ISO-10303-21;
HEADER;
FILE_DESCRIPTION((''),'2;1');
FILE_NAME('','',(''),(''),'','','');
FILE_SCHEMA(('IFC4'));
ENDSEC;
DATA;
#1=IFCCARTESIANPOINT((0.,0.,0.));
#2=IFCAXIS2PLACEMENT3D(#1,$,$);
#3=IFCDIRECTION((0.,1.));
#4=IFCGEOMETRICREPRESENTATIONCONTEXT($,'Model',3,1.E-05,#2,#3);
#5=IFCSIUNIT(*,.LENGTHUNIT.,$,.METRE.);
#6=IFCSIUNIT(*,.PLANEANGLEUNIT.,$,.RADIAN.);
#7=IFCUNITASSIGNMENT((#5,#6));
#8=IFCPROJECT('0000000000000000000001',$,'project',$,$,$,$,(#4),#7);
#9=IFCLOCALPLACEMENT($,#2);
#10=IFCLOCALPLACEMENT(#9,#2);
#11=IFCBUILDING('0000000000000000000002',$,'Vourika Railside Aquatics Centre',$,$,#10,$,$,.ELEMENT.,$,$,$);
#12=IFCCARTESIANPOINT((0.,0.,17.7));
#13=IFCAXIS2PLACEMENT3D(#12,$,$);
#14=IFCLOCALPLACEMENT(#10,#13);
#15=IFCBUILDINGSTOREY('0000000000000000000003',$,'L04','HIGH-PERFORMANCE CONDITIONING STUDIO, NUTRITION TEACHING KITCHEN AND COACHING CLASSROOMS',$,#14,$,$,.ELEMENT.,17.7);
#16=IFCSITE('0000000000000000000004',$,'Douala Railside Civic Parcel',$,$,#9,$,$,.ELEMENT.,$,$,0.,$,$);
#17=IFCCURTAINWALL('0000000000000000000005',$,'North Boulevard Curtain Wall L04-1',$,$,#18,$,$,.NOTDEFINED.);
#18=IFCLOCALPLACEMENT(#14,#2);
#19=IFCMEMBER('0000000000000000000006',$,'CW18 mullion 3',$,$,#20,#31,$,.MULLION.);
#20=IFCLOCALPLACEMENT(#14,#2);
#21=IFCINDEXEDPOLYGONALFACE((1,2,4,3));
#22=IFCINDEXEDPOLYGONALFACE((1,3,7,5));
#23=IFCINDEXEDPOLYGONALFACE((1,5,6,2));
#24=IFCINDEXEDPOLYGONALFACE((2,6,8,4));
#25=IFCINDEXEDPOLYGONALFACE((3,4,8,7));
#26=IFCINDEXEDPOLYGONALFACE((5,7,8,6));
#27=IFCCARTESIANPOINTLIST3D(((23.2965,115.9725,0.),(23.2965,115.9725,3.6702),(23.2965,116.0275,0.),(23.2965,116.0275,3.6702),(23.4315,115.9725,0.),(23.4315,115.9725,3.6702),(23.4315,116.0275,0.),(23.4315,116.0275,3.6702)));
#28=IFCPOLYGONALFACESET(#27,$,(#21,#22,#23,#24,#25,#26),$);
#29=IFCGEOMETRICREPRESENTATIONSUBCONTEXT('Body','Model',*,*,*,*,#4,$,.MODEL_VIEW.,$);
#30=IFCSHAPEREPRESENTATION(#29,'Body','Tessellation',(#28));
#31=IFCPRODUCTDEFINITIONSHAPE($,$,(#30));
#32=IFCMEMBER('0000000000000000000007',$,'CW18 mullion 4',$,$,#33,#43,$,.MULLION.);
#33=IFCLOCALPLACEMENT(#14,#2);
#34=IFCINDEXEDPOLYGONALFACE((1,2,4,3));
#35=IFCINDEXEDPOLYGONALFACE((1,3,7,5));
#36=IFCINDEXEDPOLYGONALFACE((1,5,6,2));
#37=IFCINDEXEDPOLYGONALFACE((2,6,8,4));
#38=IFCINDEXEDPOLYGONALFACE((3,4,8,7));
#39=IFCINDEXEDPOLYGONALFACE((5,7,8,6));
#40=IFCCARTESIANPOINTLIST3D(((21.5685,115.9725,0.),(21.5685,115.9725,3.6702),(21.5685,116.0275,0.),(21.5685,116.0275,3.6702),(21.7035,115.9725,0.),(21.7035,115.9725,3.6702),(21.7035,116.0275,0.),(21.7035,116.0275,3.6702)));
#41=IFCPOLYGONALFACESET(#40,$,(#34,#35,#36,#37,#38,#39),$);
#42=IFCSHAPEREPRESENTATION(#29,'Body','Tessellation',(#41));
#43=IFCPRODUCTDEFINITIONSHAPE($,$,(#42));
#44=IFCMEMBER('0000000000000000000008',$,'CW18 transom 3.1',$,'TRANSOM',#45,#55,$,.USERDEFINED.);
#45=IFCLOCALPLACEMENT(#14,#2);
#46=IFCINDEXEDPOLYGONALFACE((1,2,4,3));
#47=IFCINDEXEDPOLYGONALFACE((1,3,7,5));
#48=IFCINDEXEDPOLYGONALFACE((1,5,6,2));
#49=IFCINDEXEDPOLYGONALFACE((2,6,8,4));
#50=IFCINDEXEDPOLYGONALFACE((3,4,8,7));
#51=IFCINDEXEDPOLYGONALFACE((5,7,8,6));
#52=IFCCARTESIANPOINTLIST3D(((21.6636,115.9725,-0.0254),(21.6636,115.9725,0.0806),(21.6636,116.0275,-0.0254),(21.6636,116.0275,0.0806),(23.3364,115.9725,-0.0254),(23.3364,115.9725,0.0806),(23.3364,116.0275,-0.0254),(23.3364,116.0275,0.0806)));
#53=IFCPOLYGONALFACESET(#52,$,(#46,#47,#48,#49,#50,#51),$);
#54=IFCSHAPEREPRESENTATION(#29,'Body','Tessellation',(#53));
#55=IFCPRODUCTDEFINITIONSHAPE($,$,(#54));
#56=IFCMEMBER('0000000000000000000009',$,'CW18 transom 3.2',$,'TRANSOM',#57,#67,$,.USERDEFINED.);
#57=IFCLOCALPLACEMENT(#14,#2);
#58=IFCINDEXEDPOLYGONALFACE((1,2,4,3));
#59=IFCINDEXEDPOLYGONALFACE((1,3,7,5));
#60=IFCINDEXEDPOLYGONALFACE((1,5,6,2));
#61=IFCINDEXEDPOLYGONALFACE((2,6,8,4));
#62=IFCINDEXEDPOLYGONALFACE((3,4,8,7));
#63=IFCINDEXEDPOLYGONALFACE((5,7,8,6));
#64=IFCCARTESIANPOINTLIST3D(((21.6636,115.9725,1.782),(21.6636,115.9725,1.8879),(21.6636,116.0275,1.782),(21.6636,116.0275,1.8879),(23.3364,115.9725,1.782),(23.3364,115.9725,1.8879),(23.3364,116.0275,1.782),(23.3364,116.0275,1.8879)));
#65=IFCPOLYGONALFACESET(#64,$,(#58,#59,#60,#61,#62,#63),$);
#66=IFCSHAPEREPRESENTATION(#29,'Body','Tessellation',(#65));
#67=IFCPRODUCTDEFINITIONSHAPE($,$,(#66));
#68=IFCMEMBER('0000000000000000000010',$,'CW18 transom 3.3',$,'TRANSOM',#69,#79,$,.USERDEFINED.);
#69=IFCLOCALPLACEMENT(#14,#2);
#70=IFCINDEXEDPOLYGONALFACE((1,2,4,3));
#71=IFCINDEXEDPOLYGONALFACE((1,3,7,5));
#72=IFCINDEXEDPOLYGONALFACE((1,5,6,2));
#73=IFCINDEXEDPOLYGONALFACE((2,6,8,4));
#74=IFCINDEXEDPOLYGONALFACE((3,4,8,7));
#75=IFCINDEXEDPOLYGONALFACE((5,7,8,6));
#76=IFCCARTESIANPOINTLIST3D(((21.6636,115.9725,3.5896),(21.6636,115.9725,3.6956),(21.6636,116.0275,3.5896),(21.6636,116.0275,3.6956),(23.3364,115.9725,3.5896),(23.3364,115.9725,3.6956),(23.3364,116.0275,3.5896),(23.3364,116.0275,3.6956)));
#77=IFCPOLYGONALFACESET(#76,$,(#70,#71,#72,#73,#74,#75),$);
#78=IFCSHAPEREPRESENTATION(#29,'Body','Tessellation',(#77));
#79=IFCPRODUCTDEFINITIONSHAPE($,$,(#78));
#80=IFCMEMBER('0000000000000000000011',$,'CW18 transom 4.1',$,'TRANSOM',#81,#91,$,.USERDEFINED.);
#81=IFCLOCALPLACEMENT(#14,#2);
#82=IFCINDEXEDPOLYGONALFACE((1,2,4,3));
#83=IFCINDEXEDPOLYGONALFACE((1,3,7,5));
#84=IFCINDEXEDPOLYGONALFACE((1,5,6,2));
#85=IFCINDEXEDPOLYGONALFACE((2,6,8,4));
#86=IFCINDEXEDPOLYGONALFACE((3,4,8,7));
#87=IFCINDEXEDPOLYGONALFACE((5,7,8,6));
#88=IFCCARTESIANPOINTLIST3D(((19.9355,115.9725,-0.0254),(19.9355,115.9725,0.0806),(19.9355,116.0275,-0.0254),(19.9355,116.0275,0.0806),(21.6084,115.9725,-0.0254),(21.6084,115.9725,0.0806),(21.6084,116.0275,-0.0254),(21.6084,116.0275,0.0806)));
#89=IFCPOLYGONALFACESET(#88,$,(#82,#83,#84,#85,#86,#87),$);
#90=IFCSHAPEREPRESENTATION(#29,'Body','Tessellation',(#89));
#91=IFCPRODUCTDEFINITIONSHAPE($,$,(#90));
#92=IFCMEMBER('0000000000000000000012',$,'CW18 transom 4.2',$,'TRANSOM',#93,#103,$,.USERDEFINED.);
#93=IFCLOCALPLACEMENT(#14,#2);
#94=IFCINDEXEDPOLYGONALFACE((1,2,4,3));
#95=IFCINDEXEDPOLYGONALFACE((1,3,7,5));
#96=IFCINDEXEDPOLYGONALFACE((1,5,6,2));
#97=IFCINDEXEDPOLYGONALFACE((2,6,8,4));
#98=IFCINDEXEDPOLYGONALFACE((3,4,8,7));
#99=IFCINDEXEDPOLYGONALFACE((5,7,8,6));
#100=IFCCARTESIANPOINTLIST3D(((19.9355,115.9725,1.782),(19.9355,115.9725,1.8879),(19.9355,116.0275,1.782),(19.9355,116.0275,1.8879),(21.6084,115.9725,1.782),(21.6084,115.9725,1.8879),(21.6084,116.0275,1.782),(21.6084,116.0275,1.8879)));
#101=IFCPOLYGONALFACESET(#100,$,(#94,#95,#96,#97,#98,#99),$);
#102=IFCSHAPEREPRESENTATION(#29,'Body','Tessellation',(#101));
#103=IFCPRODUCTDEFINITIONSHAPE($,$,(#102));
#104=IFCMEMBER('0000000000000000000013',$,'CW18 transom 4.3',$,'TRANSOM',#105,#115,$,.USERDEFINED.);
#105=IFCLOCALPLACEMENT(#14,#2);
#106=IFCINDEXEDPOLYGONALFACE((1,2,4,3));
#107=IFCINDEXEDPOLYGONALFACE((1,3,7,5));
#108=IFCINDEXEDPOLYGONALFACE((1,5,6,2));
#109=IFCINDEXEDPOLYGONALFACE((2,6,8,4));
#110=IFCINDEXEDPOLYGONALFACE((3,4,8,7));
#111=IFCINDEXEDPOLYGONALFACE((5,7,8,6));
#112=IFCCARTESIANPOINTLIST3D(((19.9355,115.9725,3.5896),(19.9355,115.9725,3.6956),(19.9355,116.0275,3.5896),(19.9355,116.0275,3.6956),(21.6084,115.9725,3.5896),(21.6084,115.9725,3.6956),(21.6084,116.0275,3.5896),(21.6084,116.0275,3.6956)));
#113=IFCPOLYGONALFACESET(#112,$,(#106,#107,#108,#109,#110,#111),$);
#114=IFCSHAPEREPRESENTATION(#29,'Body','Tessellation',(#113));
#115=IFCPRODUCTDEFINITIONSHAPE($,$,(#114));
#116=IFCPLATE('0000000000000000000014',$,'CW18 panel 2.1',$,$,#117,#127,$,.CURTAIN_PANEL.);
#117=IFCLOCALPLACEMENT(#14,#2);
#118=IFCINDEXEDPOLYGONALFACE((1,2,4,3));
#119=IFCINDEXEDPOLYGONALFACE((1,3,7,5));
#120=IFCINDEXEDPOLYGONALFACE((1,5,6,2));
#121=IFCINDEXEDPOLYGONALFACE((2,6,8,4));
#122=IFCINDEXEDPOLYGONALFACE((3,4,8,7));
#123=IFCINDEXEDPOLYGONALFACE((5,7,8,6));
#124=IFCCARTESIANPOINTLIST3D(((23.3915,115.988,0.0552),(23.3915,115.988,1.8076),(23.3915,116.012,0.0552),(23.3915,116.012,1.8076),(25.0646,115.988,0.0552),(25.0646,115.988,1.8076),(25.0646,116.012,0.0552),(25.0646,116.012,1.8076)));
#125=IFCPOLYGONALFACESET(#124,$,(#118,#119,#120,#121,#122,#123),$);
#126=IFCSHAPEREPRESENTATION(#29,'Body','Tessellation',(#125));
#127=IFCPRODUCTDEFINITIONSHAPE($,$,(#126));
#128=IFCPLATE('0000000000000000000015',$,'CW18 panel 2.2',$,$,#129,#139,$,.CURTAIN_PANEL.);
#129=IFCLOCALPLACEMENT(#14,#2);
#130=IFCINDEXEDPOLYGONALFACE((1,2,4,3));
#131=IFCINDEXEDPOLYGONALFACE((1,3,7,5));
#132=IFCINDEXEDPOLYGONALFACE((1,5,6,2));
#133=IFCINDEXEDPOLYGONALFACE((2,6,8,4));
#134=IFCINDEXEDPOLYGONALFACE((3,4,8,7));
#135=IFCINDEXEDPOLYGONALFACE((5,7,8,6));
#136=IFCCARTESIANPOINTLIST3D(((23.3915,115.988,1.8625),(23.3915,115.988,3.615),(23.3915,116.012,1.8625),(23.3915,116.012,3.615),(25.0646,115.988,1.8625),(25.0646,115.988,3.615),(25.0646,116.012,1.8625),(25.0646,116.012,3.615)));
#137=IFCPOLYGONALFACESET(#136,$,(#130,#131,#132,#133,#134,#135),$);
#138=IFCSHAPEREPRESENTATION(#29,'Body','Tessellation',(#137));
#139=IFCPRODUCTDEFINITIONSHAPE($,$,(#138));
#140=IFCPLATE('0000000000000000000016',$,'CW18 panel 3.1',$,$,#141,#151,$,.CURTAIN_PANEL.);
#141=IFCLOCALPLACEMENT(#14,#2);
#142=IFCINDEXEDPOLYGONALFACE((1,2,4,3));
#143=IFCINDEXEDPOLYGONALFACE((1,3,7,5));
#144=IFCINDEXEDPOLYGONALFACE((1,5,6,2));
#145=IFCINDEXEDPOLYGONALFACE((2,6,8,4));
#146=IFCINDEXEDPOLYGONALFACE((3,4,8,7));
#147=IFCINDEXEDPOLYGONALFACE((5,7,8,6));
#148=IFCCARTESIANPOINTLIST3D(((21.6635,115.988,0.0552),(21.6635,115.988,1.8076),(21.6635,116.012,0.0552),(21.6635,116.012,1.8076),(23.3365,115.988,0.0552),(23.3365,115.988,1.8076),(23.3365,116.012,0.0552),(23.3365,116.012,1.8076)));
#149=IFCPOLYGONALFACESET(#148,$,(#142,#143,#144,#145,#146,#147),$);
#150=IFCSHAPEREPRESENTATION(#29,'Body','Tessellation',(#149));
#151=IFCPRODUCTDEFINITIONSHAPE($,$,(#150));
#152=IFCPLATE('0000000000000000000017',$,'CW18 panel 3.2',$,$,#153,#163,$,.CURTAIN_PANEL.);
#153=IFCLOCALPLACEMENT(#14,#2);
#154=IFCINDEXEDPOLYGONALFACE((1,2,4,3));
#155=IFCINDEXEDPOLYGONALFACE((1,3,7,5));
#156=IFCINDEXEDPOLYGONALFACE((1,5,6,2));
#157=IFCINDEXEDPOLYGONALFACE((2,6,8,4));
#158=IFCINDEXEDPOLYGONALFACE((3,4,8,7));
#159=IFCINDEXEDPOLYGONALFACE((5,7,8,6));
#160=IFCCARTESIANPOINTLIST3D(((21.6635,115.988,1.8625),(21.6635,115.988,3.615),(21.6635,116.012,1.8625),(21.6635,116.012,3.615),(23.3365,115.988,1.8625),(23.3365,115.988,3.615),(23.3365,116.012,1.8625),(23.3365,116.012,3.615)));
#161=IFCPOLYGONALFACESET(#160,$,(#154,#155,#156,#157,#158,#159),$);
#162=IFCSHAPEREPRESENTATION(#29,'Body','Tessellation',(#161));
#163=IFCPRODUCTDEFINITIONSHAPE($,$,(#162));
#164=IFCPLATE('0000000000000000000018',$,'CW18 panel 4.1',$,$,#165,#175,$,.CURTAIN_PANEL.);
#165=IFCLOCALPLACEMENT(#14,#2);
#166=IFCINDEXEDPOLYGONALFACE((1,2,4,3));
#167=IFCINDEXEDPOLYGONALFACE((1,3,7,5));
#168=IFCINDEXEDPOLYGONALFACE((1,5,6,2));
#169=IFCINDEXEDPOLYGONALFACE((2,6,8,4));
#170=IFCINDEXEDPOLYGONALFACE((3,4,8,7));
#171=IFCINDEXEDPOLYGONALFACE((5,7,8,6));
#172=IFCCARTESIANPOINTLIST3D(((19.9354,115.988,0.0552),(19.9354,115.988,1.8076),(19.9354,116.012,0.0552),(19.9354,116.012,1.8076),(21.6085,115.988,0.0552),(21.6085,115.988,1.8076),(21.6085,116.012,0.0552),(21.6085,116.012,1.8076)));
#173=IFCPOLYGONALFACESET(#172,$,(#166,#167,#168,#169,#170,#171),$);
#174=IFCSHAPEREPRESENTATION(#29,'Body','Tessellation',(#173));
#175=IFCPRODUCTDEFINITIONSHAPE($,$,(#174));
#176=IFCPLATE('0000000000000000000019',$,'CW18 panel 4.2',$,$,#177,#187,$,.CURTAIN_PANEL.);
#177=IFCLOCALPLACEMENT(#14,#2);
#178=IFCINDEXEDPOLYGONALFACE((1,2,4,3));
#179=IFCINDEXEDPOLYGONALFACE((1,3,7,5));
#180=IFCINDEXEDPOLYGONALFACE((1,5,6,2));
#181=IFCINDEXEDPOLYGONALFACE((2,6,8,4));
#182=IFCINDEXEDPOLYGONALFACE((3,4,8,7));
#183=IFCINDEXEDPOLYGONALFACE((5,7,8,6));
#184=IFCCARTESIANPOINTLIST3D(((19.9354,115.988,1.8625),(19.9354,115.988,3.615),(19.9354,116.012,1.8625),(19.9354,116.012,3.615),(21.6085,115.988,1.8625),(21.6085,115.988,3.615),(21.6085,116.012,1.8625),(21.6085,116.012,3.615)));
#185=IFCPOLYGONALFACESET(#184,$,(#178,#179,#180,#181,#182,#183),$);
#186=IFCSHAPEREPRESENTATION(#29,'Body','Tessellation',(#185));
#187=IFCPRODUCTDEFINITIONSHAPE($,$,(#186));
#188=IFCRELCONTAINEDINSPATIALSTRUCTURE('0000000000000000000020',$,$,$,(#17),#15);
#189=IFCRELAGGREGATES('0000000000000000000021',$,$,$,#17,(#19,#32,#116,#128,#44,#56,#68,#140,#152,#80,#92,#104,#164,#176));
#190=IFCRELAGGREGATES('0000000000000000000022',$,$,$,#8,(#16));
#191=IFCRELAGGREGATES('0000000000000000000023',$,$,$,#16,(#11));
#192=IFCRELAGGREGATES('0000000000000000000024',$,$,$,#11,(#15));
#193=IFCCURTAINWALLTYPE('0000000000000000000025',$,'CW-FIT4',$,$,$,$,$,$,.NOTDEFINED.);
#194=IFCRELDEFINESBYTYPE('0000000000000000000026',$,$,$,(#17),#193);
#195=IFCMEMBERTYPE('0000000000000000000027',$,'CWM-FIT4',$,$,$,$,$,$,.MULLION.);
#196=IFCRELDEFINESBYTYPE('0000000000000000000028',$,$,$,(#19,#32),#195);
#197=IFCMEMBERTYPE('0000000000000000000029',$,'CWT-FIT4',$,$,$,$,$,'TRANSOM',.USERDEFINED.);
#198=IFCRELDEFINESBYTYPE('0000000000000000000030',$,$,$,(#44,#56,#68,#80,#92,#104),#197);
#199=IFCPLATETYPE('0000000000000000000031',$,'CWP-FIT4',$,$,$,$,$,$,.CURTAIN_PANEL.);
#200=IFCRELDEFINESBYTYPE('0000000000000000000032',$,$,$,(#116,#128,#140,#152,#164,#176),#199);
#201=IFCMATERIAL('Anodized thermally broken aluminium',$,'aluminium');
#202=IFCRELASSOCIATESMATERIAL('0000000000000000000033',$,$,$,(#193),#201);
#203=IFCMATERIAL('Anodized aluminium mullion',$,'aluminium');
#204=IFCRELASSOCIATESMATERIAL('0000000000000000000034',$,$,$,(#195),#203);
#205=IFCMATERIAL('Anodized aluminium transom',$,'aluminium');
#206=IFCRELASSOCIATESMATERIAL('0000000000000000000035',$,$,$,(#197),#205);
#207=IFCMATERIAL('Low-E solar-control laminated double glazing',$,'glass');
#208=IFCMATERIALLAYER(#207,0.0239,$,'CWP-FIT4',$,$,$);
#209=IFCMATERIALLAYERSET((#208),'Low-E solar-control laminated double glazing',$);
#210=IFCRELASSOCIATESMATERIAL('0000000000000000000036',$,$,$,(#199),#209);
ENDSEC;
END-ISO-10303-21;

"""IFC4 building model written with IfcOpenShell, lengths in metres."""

from ifc_helpers import new_model, si_unit, direction, frame, origin, origin_2d, place, context, subcontext, project, spatial, rectangle, extrude, material, layer, layer_set, material_profile, profile_set, type_object, element, aggregate, save


model = new_model("IFC4")

# Units and contexts
model_context = context("Model", 3, precision=1e-05, world=origin(), true_north=direction((0.0, 1.0)))
body_context = subcontext(model_context, "Body", "Model", "MODEL_VIEW")
ifc_project = project(units=[si_unit("LENGTHUNIT", "METRE"), si_unit("PLANEANGLEUNIT", "RADIAN")], contexts=[model_context])

# Site, building, storey
site_placement = place(None, origin())
site = spatial("IfcSite", under=ifc_project, at=site_placement, Name="Douala Railside Civic Parcel", CompositionType="ELEMENT", RefElevation=0.0)
building_placement = place(site_placement, origin())
building = spatial("IfcBuilding", under=site, at=building_placement, Name="Vourika Railside Aquatics Centre", CompositionType="ELEMENT")
storey_placement = place(building_placement, frame((0.0, 0.0, 17.7)))
storey = spatial("IfcBuildingStorey", under=building, at=storey_placement, Name="L04", Description="HIGH-PERFORMANCE CONDITIONING STUDIO, NUTRITION TEACHING KITCHEN AND COACHING CLASSROOMS", CompositionType="ELEMENT", Elevation=17.7)

# Curtain wall, members, plates
ifc_material_1 = material(Name="Anodized thermally broken aluminium", Category="aluminium")
curtain_wall_type = type_object("IfcCurtainWallType", Name="CW-FIT4", PredefinedType="NOTDEFINED", material=ifc_material_1)
curtain_wall_placement = place(storey_placement, origin())
curtain_wall = element("IfcCurtainWall", 1, at=curtain_wall_placement, inside=storey, type_object=curtain_wall_type, Name="North Boulevard Curtain Wall L04-1", PredefinedType="NOTDEFINED")
ifc_material_2 = material(Name="Anodized aluminium mullion", Category="aluminium")
ifc_material_profile_1 = material_profile(ifc_material_2, rectangle(XDim=0.0549, YDim=0.135, at=origin_2d()), Name="ALU-M 55x135")
ifc_profile_set_1 = profile_set([ifc_material_profile_1], Name="Anodized aluminium mullion")
member_type_1 = type_object("IfcMemberType", Name="CWM-FIT4", PredefinedType="MULLION", material=ifc_profile_set_1)
member_1_placement = place(storey_placement, frame((23.364, 116.0, 0.0), z_axis=(0.0, 0.0, 1.0), x_axis=(0.0, -1.0, 0.0)))
member_1 = element("IfcMember", 2, at=member_1_placement, type_object=member_type_1, Name="CW18 mullion 3", PredefinedType="MULLION", context=body_context, shape_type="SweptSolid", body=[
    extrude(rectangle(XDim=0.0549, YDim=0.135, at=origin_2d()), origin(), (0.0, 0.0, 1.0), 3.6702),
])
member_2_placement = place(storey_placement, frame((21.636, 116.0, 0.0), z_axis=(0.0, 0.0, 1.0), x_axis=(0.0, -1.0, 0.0)))
member_2 = element("IfcMember", 3, at=member_2_placement, type_object=member_type_1, Name="CW18 mullion 4", PredefinedType="MULLION", context=body_context, shape_type="SweptSolid", body=[
    extrude(rectangle(XDim=0.0549, YDim=0.135, at=origin_2d()), origin(), (0.0, 0.0, 1.0), 3.6702),
])
ifc_material_3 = material(Name="Anodized aluminium transom", Category="aluminium")
ifc_material_profile_2 = material_profile(ifc_material_3, rectangle(XDim=0.0549, YDim=0.106, at=origin_2d()), Name="ALU-T 55x106")
ifc_profile_set_2 = profile_set([ifc_material_profile_2], Name="Anodized aluminium transom")
member_type_2 = type_object("IfcMemberType", Name="CWT-FIT4", ElementType="TRANSOM", PredefinedType="USERDEFINED", material=ifc_profile_set_2)
member_3_placement = place(storey_placement, frame((23.3364, 116.0, 0.0276), z_axis=(-1.0, 0.0, 0.0), x_axis=(0.0, -1.0, 0.0)))
member_3 = element("IfcMember", 4, at=member_3_placement, type_object=member_type_2, Name="CW18 transom 3.1", ObjectType="TRANSOM", PredefinedType="USERDEFINED", context=body_context, shape_type="SweptSolid", body=[
    extrude(rectangle(XDim=0.0549, YDim=0.106, at=origin_2d()), origin(), (0.0, 0.0, 1.0), 1.6729),
])
member_4_placement = place(storey_placement, frame((23.3364, 116.0, 1.835), z_axis=(-1.0, 0.0, 0.0), x_axis=(0.0, -1.0, 0.0)))
member_4 = element("IfcMember", 5, at=member_4_placement, type_object=member_type_2, Name="CW18 transom 3.2", ObjectType="TRANSOM", PredefinedType="USERDEFINED", context=body_context, shape_type="SweptSolid", body=[
    extrude(rectangle(XDim=0.0549, YDim=0.106, at=origin_2d()), origin(), (0.0, 0.0, 1.0), 1.6729),
])
member_5_placement = place(storey_placement, frame((23.3364, 116.0, 3.6426), z_axis=(-1.0, 0.0, 0.0), x_axis=(0.0, -1.0, 0.0)))
member_5 = element("IfcMember", 6, at=member_5_placement, type_object=member_type_2, Name="CW18 transom 3.3", ObjectType="TRANSOM", PredefinedType="USERDEFINED", context=body_context, shape_type="SweptSolid", body=[
    extrude(rectangle(XDim=0.0549, YDim=0.106, at=origin_2d()), origin(), (0.0, 0.0, 1.0), 1.6729),
])
member_6_placement = place(storey_placement, frame((21.6084, 116.0, 0.0276), z_axis=(-1.0, 0.0, 0.0), x_axis=(0.0, -1.0, 0.0)))
member_6 = element("IfcMember", 7, at=member_6_placement, type_object=member_type_2, Name="CW18 transom 4.1", ObjectType="TRANSOM", PredefinedType="USERDEFINED", context=body_context, shape_type="SweptSolid", body=[
    extrude(rectangle(XDim=0.0549, YDim=0.106, at=origin_2d()), origin(), (0.0, 0.0, 1.0), 1.6729),
])
member_7_placement = place(storey_placement, frame((21.6084, 116.0, 1.835), z_axis=(-1.0, 0.0, 0.0), x_axis=(0.0, -1.0, 0.0)))
member_7 = element("IfcMember", 8, at=member_7_placement, type_object=member_type_2, Name="CW18 transom 4.2", ObjectType="TRANSOM", PredefinedType="USERDEFINED", context=body_context, shape_type="SweptSolid", body=[
    extrude(rectangle(XDim=0.0549, YDim=0.106, at=origin_2d()), origin(), (0.0, 0.0, 1.0), 1.6729),
])
member_8_placement = place(storey_placement, frame((21.6084, 116.0, 3.6426), z_axis=(-1.0, 0.0, 0.0), x_axis=(0.0, -1.0, 0.0)))
member_8 = element("IfcMember", 9, at=member_8_placement, type_object=member_type_2, Name="CW18 transom 4.3", ObjectType="TRANSOM", PredefinedType="USERDEFINED", context=body_context, shape_type="SweptSolid", body=[
    extrude(rectangle(XDim=0.0549, YDim=0.106, at=origin_2d()), origin(), (0.0, 0.0, 1.0), 1.6729),
])
ifc_material_4 = material(Name="Low-E solar-control laminated double glazing", Category="glass")
ifc_layer_1 = layer(ifc_material_4, 0.0239, Name="CWP-FIT4")
ifc_layer_set_1 = layer_set([ifc_layer_1], Name="Low-E solar-control laminated double glazing")
plate_type = type_object("IfcPlateType", Name="CWP-FIT4", PredefinedType="CURTAIN_PANEL", material=ifc_layer_set_1)
plate_1_placement = place(storey_placement, frame((24.228, 116.0, 0.0552), z_axis=(0.0, 0.0, 1.0), x_axis=(-1.0, 0.0, 0.0)))
plate_1 = element("IfcPlate", 10, at=plate_1_placement, type_object=plate_type, Name="CW18 panel 2.1", PredefinedType="CURTAIN_PANEL", context=body_context, shape_type="SweptSolid", body=[
    extrude(rectangle(XDim=1.6731, YDim=0.0239, at=origin_2d()), origin(), (0.0, 0.0, 1.0), 1.7524),
])
plate_2_placement = place(storey_placement, frame((24.228, 116.0, 1.8625), z_axis=(0.0, 0.0, 1.0), x_axis=(-1.0, 0.0, 0.0)))
plate_2 = element("IfcPlate", 11, at=plate_2_placement, type_object=plate_type, Name="CW18 panel 2.2", PredefinedType="CURTAIN_PANEL", context=body_context, shape_type="SweptSolid", body=[
    extrude(rectangle(XDim=1.6731, YDim=0.0239, at=origin_2d()), origin(), (0.0, 0.0, 1.0), 1.7524),
])
plate_3_placement = place(storey_placement, frame((22.5, 116.0, 0.0552), z_axis=(0.0, 0.0, 1.0), x_axis=(-1.0, 0.0, 0.0)))
plate_3 = element("IfcPlate", 12, at=plate_3_placement, type_object=plate_type, Name="CW18 panel 3.1", PredefinedType="CURTAIN_PANEL", context=body_context, shape_type="SweptSolid", body=[
    extrude(rectangle(XDim=1.6731, YDim=0.0239, at=origin_2d()), origin(), (0.0, 0.0, 1.0), 1.7524),
])
plate_4_placement = place(storey_placement, frame((22.5, 116.0, 1.8625), z_axis=(0.0, 0.0, 1.0), x_axis=(-1.0, 0.0, 0.0)))
plate_4 = element("IfcPlate", 13, at=plate_4_placement, type_object=plate_type, Name="CW18 panel 3.2", PredefinedType="CURTAIN_PANEL", context=body_context, shape_type="SweptSolid", body=[
    extrude(rectangle(XDim=1.6731, YDim=0.0239, at=origin_2d()), origin(), (0.0, 0.0, 1.0), 1.7524),
])
plate_5_placement = place(storey_placement, frame((20.772, 116.0, 0.0552), z_axis=(0.0, 0.0, 1.0), x_axis=(-1.0, 0.0, 0.0)))
plate_5 = element("IfcPlate", 14, at=plate_5_placement, type_object=plate_type, Name="CW18 panel 4.1", PredefinedType="CURTAIN_PANEL", context=body_context, shape_type="SweptSolid", body=[
    extrude(rectangle(XDim=1.6731, YDim=0.0239, at=origin_2d()), origin(), (0.0, 0.0, 1.0), 1.7524),
])
plate_6_placement = place(storey_placement, frame((20.772, 116.0, 1.8625), z_axis=(0.0, 0.0, 1.0), x_axis=(-1.0, 0.0, 0.0)))
plate_6 = element("IfcPlate", 15, at=plate_6_placement, type_object=plate_type, Name="CW18 panel 4.2", PredefinedType="CURTAIN_PANEL", context=body_context, shape_type="SweptSolid", body=[
    extrude(rectangle(XDim=1.6731, YDim=0.0239, at=origin_2d()), origin(), (0.0, 0.0, 1.0), 1.7524),
])
aggregate(curtain_wall, [member_1, member_2, plate_1, plate_2, member_3, member_4, member_5, plate_3, plate_4, member_6, member_7, member_8, plate_5, plate_6])

save(model, "model.ifc")
